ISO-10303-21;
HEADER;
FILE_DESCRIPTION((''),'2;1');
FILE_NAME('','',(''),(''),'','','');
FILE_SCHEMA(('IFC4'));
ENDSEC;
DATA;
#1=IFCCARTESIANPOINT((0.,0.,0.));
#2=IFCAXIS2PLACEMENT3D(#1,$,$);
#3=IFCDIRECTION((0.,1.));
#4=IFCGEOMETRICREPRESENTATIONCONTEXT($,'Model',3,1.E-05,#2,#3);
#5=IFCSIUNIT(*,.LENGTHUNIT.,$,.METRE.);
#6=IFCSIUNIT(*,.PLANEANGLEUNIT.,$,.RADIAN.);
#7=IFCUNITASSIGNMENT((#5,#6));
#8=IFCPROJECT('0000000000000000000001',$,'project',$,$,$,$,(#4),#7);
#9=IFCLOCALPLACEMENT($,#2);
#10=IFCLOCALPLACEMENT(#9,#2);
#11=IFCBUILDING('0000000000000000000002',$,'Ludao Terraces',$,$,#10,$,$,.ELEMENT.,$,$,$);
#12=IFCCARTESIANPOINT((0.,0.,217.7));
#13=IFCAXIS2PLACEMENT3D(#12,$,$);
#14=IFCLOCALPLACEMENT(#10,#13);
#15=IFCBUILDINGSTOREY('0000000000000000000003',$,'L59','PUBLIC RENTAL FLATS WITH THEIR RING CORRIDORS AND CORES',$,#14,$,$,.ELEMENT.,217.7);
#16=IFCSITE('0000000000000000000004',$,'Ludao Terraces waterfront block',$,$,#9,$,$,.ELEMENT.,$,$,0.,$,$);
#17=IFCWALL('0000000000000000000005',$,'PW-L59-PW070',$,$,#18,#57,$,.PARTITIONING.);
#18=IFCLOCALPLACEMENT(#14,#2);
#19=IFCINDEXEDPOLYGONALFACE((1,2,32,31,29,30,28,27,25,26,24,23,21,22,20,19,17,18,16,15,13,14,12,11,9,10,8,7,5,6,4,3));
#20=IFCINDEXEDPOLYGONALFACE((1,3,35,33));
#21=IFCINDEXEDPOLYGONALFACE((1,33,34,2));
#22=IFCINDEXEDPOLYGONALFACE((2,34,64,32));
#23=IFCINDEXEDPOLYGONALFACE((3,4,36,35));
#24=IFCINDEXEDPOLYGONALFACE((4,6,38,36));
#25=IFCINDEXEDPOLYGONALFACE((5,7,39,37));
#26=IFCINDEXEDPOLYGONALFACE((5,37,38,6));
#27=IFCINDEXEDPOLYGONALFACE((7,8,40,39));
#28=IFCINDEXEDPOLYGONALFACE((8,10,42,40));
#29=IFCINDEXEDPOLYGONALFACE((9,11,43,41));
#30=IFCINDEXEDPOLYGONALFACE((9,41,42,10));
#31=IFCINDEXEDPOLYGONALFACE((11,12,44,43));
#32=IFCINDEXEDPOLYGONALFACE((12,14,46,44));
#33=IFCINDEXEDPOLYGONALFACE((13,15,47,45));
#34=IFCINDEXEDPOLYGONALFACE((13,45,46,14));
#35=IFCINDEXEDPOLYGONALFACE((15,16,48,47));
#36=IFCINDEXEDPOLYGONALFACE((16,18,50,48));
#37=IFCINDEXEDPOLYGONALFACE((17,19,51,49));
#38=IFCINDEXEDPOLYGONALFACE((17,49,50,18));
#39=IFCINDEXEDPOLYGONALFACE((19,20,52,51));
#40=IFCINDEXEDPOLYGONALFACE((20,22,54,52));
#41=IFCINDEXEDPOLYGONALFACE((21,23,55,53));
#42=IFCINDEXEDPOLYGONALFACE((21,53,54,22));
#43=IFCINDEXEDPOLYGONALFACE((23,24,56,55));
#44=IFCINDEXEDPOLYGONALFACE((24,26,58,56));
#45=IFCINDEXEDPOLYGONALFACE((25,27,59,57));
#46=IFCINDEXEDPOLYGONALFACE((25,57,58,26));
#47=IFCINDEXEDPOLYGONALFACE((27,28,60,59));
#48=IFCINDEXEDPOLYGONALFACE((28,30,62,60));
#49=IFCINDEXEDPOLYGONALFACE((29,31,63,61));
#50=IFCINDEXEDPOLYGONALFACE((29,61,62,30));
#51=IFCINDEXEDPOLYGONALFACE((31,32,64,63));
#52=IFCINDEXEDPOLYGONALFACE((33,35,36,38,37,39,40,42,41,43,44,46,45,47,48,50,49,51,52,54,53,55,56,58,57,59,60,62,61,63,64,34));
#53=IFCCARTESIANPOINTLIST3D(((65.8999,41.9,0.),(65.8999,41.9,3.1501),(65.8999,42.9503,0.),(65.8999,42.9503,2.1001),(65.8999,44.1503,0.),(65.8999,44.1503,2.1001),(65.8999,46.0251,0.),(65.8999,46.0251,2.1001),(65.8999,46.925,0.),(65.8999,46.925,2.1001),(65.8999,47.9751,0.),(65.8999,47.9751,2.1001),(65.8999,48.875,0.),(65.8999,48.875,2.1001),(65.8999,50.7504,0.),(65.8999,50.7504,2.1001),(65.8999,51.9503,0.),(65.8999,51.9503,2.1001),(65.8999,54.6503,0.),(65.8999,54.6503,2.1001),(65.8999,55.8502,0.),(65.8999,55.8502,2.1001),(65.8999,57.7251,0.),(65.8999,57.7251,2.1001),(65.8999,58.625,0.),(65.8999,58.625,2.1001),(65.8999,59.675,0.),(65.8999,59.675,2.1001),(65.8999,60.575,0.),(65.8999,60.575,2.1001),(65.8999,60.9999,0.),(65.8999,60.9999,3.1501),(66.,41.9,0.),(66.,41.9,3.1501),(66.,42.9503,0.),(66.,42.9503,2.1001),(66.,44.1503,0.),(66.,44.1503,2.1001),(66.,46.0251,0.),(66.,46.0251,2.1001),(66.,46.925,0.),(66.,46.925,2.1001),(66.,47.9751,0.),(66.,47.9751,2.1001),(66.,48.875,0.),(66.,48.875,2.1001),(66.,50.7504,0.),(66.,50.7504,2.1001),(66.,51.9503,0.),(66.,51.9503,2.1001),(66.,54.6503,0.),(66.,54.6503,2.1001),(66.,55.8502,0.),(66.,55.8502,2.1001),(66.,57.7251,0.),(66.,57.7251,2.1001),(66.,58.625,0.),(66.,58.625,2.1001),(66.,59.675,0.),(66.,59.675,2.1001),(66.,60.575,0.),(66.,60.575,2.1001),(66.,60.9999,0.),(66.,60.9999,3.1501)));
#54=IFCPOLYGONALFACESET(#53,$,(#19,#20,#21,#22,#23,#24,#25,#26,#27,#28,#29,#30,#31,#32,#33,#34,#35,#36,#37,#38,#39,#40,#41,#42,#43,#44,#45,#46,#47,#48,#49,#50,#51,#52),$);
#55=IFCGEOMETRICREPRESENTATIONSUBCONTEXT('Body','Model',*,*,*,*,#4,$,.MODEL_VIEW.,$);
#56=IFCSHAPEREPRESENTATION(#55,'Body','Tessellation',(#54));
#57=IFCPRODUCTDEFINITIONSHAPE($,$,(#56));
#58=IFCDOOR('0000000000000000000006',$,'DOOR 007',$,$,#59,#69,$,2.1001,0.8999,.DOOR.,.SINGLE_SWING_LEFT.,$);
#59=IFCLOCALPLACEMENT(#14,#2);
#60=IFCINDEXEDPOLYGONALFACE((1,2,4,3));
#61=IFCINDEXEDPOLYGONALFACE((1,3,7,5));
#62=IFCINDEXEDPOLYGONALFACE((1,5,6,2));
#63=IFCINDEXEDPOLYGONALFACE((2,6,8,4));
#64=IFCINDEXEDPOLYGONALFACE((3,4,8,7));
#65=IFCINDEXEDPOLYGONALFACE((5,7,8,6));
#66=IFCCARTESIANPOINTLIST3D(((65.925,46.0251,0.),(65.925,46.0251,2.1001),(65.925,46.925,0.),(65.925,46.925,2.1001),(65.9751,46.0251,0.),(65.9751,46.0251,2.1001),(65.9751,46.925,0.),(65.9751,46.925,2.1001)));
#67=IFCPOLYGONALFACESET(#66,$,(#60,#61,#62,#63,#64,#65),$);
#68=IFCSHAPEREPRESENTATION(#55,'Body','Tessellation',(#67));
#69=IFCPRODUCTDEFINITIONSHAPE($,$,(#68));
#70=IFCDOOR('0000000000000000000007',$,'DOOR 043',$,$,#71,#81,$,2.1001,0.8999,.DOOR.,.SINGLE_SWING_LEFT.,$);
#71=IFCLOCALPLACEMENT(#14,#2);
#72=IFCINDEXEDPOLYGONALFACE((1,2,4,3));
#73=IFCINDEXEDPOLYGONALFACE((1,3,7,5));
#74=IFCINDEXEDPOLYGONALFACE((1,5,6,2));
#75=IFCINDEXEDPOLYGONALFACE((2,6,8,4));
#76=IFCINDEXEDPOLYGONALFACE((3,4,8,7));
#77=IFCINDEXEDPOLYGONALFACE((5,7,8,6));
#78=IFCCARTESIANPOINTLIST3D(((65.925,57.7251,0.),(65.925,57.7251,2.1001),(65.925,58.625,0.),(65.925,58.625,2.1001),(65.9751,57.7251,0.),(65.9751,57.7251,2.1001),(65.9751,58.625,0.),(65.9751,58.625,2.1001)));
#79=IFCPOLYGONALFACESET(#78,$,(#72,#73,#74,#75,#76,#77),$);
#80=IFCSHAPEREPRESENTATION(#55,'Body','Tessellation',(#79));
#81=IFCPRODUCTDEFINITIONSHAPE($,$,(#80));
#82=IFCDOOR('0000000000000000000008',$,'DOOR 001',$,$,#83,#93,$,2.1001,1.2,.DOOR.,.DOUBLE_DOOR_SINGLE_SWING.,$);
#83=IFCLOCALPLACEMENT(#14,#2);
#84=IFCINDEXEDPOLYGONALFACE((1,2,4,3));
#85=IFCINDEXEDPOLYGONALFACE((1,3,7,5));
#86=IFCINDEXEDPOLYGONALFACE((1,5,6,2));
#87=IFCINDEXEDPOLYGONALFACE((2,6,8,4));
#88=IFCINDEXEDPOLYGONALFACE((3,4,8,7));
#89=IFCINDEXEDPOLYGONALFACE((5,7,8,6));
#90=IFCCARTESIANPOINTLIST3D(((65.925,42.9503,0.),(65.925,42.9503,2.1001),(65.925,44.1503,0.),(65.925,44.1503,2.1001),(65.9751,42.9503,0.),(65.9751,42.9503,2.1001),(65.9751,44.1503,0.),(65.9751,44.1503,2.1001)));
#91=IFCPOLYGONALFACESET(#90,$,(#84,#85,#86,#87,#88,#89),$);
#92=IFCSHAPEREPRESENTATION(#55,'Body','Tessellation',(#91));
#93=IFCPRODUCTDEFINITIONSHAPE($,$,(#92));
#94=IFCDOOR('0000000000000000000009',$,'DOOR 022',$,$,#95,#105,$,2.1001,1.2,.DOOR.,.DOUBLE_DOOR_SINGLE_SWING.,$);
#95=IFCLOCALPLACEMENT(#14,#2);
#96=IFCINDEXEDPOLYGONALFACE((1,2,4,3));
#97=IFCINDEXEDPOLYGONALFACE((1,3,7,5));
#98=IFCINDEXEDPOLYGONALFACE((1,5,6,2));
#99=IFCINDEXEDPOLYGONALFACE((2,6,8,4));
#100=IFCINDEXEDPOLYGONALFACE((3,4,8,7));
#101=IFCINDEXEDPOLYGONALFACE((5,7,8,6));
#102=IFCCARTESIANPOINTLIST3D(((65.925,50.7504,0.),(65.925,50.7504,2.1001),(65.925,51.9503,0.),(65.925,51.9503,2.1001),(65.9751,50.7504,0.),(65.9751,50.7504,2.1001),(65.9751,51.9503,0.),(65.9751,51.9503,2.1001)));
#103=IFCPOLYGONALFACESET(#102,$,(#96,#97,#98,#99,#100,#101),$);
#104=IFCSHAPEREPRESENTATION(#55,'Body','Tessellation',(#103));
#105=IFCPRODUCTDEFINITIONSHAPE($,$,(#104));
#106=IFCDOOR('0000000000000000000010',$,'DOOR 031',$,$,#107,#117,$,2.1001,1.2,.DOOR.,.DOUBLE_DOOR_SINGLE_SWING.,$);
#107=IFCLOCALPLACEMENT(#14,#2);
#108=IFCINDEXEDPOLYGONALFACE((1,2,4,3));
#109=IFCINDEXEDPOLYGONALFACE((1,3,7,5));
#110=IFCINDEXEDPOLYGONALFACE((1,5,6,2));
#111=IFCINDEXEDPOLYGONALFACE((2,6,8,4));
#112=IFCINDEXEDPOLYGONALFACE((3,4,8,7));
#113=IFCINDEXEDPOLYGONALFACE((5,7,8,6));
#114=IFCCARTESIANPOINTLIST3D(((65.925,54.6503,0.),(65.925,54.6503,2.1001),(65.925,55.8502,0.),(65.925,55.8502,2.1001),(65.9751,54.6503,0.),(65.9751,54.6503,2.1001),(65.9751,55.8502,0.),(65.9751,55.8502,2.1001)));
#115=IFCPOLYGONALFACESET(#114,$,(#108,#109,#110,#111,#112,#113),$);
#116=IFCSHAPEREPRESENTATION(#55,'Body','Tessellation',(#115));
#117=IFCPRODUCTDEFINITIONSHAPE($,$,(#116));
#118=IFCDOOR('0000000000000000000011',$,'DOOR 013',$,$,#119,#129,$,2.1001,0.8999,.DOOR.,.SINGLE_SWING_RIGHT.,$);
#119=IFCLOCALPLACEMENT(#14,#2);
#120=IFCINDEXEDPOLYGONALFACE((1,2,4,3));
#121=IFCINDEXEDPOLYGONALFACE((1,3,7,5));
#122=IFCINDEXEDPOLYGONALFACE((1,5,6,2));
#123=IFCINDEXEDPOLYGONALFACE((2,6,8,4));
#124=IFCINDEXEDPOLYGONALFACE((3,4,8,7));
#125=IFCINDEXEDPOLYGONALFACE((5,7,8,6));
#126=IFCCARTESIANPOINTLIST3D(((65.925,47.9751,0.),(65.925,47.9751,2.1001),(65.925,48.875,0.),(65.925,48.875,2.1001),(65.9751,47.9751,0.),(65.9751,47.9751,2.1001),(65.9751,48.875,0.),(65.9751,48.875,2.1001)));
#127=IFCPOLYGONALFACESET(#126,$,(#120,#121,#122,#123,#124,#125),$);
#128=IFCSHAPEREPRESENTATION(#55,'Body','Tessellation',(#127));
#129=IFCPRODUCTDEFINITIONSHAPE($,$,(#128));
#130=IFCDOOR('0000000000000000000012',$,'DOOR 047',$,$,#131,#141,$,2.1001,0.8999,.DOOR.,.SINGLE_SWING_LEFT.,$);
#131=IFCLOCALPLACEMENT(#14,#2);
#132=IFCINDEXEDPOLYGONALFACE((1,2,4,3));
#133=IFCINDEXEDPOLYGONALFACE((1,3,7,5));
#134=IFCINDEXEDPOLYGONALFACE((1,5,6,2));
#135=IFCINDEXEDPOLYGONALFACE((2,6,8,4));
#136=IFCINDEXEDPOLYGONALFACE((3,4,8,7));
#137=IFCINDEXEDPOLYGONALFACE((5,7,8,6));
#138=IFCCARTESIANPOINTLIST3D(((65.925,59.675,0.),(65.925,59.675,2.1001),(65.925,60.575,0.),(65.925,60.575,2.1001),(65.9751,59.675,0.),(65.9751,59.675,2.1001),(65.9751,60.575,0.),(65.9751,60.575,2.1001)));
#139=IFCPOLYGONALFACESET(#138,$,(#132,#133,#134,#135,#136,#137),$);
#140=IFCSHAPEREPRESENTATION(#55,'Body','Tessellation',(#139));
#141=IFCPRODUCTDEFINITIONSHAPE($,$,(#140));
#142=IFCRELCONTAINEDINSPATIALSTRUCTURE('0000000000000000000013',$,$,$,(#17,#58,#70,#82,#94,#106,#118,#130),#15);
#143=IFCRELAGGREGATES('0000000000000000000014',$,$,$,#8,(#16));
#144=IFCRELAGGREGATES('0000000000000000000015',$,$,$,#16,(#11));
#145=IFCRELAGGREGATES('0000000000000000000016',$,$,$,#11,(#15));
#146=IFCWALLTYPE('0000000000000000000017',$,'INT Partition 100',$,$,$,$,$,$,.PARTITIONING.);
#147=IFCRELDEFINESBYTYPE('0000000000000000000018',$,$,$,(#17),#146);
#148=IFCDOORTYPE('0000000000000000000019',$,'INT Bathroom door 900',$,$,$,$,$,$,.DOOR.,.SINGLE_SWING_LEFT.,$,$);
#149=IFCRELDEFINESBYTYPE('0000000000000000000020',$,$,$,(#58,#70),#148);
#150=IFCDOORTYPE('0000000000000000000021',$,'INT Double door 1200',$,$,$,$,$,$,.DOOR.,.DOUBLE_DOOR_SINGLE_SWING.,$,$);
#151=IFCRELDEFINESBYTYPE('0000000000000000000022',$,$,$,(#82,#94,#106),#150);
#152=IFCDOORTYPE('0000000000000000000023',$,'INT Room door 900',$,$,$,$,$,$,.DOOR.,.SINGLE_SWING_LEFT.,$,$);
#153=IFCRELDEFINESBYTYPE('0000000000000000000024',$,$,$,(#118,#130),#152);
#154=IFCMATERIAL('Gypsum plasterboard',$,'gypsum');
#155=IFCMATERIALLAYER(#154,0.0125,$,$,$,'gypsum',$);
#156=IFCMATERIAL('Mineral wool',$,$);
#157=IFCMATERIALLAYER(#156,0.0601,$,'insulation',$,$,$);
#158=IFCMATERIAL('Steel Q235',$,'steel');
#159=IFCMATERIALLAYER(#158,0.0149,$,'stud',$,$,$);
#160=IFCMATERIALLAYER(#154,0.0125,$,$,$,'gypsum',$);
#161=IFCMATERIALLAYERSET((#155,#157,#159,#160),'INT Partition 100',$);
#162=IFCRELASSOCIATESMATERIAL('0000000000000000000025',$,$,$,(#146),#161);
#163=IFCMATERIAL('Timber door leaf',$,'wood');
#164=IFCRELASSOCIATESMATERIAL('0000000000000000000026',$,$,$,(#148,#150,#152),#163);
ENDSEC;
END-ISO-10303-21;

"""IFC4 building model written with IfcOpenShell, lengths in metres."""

from ifc_helpers import new_model, si_unit, direction, frame, frame_2d, origin, place, context, subcontext, project, spatial, rectangle, extrude, material, layer, layer_set, type_object, element, fill, save


model = new_model("IFC4")

# Units and contexts
model_context = context("Model", 3, precision=1e-05, world=origin(), true_north=direction((0.0, 1.0)))
body_context = subcontext(model_context, "Body", "Model", "MODEL_VIEW")
ifc_project = project(units=[si_unit("LENGTHUNIT", "METRE"), si_unit("PLANEANGLEUNIT", "RADIAN")], contexts=[model_context])

# Site, building, storey
site_placement = place(None, origin())
site = spatial("IfcSite", under=ifc_project, at=site_placement, Name="Ludao Terraces waterfront block", CompositionType="ELEMENT", RefElevation=0.0)
building_placement = place(site_placement, origin())
building = spatial("IfcBuilding", under=site, at=building_placement, Name="Ludao Terraces", CompositionType="ELEMENT")
storey_placement = place(building_placement, frame((0.0, 0.0, 217.7)))
storey = spatial("IfcBuildingStorey", under=building, at=storey_placement, Name="L59", Description="PUBLIC RENTAL FLATS WITH THEIR RING CORRIDORS AND CORES", CompositionType="ELEMENT", Elevation=217.7)

# Shared definitions
ifc_material_1 = material(Name="Mineral wool")

# Wall, openings, doors
ifc_material_2 = material(Name="Gypsum plasterboard", Category="gypsum")
ifc_layer_1 = layer(ifc_material_2, 0.0125, Category="gypsum")
ifc_layer_2 = layer(ifc_material_1, 0.0601, Name="insulation")
ifc_material_3 = material(Name="Steel Q235", Category="steel")
ifc_layer_3 = layer(ifc_material_3, 0.0149, Name="stud")
ifc_layer_4 = layer(ifc_material_2, 0.0125, Category="gypsum")
ifc_layer_set_1 = layer_set([ifc_layer_1, ifc_layer_2, ifc_layer_3, ifc_layer_4], Name="INT Partition 100")
wall_type_1 = type_object("IfcWallType", Name="INT Partition 100", PredefinedType="PARTITIONING", material=ifc_layer_set_1)
wall_1_placement = place(storey_placement, frame((65.95, 41.9001, 0.0), z_axis=(0.0, 0.0, 1.0), x_axis=(0.0, 1.0, 0.0)))
wall_1 = element("IfcWall", 1, at=wall_1_placement, inside=storey, type_object=wall_type_1, Name="PW-L59-PW070", PredefinedType="PARTITIONING", context=body_context, shape_type="SweptSolid", body=[
    extrude(rectangle(XDim=19.0999, YDim=0.1001, at=frame_2d((9.5498, 0.0))), origin(), (0.0, 0.0, 1.0), 3.1501),
])
opening_1_placement = place(wall_1_placement, frame((1.05, 0.0, 0.0)))
opening_1 = element("IfcOpeningElement", 2, at=opening_1_placement, cuts=wall_1, PredefinedType="OPENING", context=body_context, shape_type="SweptSolid", body=[
    extrude(rectangle(XDim=1.2, YDim=2.1001, at=frame_2d((0.6001, 1.05))), frame((0.0, 0.0601, 0.0), z_axis=(0.0, -1.0, 0.0), x_axis=(1.0, 0.0, 0.0)), (0.0, 0.0, 1.0), 0.1201),
])
opening_2_placement = place(wall_1_placement, frame((4.125, 0.0, 0.0)))
opening_2 = element("IfcOpeningElement", 3, at=opening_2_placement, cuts=wall_1, PredefinedType="OPENING", context=body_context, shape_type="SweptSolid", body=[
    extrude(rectangle(XDim=0.8999, YDim=2.1001, at=frame_2d((0.45, 1.05))), frame((0.0, 0.0601, 0.0), z_axis=(0.0, -1.0, 0.0), x_axis=(1.0, 0.0, 0.0)), (0.0, 0.0, 1.0), 0.1201),
])
opening_3_placement = place(wall_1_placement, frame((6.075, 0.0, 0.0)))
opening_3 = element("IfcOpeningElement", 4, at=opening_3_placement, cuts=wall_1, PredefinedType="OPENING", context=body_context, shape_type="SweptSolid", body=[
    extrude(rectangle(XDim=0.8999, YDim=2.1001, at=frame_2d((0.45, 1.05))), frame((0.0, 0.0601, 0.0), z_axis=(0.0, -1.0, 0.0), x_axis=(1.0, 0.0, 0.0)), (0.0, 0.0, 1.0), 0.1201),
])
opening_4_placement = place(wall_1_placement, frame((8.8501, 0.0, 0.0)))
opening_4 = element("IfcOpeningElement", 5, at=opening_4_placement, cuts=wall_1, PredefinedType="OPENING", context=body_context, shape_type="SweptSolid", body=[
    extrude(rectangle(XDim=1.2, YDim=2.1001, at=frame_2d((0.6001, 1.05))), frame((0.0, 0.0601, 0.0), z_axis=(0.0, -1.0, 0.0), x_axis=(1.0, 0.0, 0.0)), (0.0, 0.0, 1.0), 0.1201),
])
opening_5_placement = place(wall_1_placement, frame((12.75, 0.0, 0.0)))
opening_5 = element("IfcOpeningElement", 6, at=opening_5_placement, cuts=wall_1, PredefinedType="OPENING", context=body_context, shape_type="SweptSolid", body=[
    extrude(rectangle(XDim=1.2, YDim=2.1001, at=frame_2d((0.6001, 1.05))), frame((0.0, 0.0601, 0.0), z_axis=(0.0, -1.0, 0.0), x_axis=(1.0, 0.0, 0.0)), (0.0, 0.0, 1.0), 0.1201),
])
opening_6_placement = place(wall_1_placement, frame((15.825, 0.0, 0.0)))
opening_6 = element("IfcOpeningElement", 7, at=opening_6_placement, cuts=wall_1, PredefinedType="OPENING", context=body_context, shape_type="SweptSolid", body=[
    extrude(rectangle(XDim=0.8999, YDim=2.1001, at=frame_2d((0.45, 1.05))), frame((0.0, 0.0601, 0.0), z_axis=(0.0, -1.0, 0.0), x_axis=(1.0, 0.0, 0.0)), (0.0, 0.0, 1.0), 0.1201),
])
opening_7_placement = place(wall_1_placement, frame((17.7749, 0.0, 0.0)))
opening_7 = element("IfcOpeningElement", 8, at=opening_7_placement, cuts=wall_1, PredefinedType="OPENING", context=body_context, shape_type="SweptSolid", body=[
    extrude(rectangle(XDim=0.8999, YDim=2.1001, at=frame_2d((0.45, 1.05))), frame((0.0, 0.0601, 0.0), z_axis=(0.0, -1.0, 0.0), x_axis=(1.0, 0.0, 0.0)), (0.0, 0.0, 1.0), 0.1201),
])
ifc_material_4 = material(Name="Timber door leaf", Category="wood")
door_type_1 = type_object("IfcDoorType", Name="INT Bathroom door 900", OperationType="SINGLE_SWING_LEFT", PredefinedType="DOOR", material=ifc_material_4)
door_1_placement = place(opening_2_placement, origin())
door_1 = element("IfcDoor", 9, at=door_1_placement, inside=storey, type_object=door_type_1, Name="DOOR 007", OperationType="SINGLE_SWING_LEFT", OverallHeight=2.1001, OverallWidth=0.8999, PredefinedType="DOOR", context=body_context, shape_type="SweptSolid", body=[
    extrude(rectangle(XDim=0.8999, YDim=2.1001, at=frame_2d((0.45, 1.05))), frame((0.0, 0.0249, 0.0), z_axis=(0.0, -1.0, 0.0), x_axis=(1.0, 0.0, 0.0)), (0.0, 0.0, 1.0), 0.05),
])
fill(opening_2, door_1)
door_2_placement = place(opening_6_placement, origin())
door_2 = element("IfcDoor", 10, at=door_2_placement, inside=storey, type_object=door_type_1, Name="DOOR 043", OperationType="SINGLE_SWING_LEFT", OverallHeight=2.1001, OverallWidth=0.8999, PredefinedType="DOOR", context=body_context, shape_type="SweptSolid", body=[
    extrude(rectangle(XDim=0.8999, YDim=2.1001, at=frame_2d((0.45, 1.05))), frame((0.0, 0.0249, 0.0), z_axis=(0.0, -1.0, 0.0), x_axis=(1.0, 0.0, 0.0)), (0.0, 0.0, 1.0), 0.05),
])
fill(opening_6, door_2)
door_type_2 = type_object("IfcDoorType", Name="INT Double door 1200", OperationType="DOUBLE_DOOR_SINGLE_SWING", PredefinedType="DOOR", material=ifc_material_4)
door_3_placement = place(opening_1_placement, origin())
door_3 = element("IfcDoor", 11, at=door_3_placement, inside=storey, type_object=door_type_2, Name="DOOR 001", OperationType="DOUBLE_DOOR_SINGLE_SWING", OverallHeight=2.1001, OverallWidth=1.2, PredefinedType="DOOR", context=body_context, shape_type="SweptSolid", body=[
    extrude(rectangle(XDim=1.2, YDim=2.1001, at=frame_2d((0.6001, 1.05))), frame((0.0, 0.0249, 0.0), z_axis=(0.0, -1.0, 0.0), x_axis=(1.0, 0.0, 0.0)), (0.0, 0.0, 1.0), 0.05),
])
fill(opening_1, door_3)
door_4_placement = place(opening_4_placement, origin())
door_4 = element("IfcDoor", 12, at=door_4_placement, inside=storey, type_object=door_type_2, Name="DOOR 022", OperationType="DOUBLE_DOOR_SINGLE_SWING", OverallHeight=2.1001, OverallWidth=1.2, PredefinedType="DOOR", context=body_context, shape_type="SweptSolid", body=[
    extrude(rectangle(XDim=1.2, YDim=2.1001, at=frame_2d((0.6001, 1.05))), frame((0.0, 0.0249, 0.0), z_axis=(0.0, -1.0, 0.0), x_axis=(1.0, 0.0, 0.0)), (0.0, 0.0, 1.0), 0.05),
])
fill(opening_4, door_4)
door_5_placement = place(opening_5_placement, origin())
door_5 = element("IfcDoor", 13, at=door_5_placement, inside=storey, type_object=door_type_2, Name="DOOR 031", OperationType="DOUBLE_DOOR_SINGLE_SWING", OverallHeight=2.1001, OverallWidth=1.2, PredefinedType="DOOR", context=body_context, shape_type="SweptSolid", body=[
    extrude(rectangle(XDim=1.2, YDim=2.1001, at=frame_2d((0.6001, 1.05))), frame((0.0, 0.0249, 0.0), z_axis=(0.0, -1.0, 0.0), x_axis=(1.0, 0.0, 0.0)), (0.0, 0.0, 1.0), 0.05),
])
fill(opening_5, door_5)
door_type_3 = type_object("IfcDoorType", Name="INT Room door 900", OperationType="SINGLE_SWING_LEFT", PredefinedType="DOOR", material=ifc_material_4)
door_6_placement = place(opening_3_placement, origin())
door_6 = element("IfcDoor", 14, at=door_6_placement, inside=storey, type_object=door_type_3, Name="DOOR 013", OperationType="SINGLE_SWING_RIGHT", OverallHeight=2.1001, OverallWidth=0.8999, PredefinedType="DOOR", context=body_context, shape_type="SweptSolid", body=[
    extrude(rectangle(XDim=0.8999, YDim=2.1001, at=frame_2d((0.45, 1.05))), frame((0.0, 0.0249, 0.0), z_axis=(0.0, -1.0, 0.0), x_axis=(1.0, 0.0, 0.0)), (0.0, 0.0, 1.0), 0.05),
])
fill(opening_3, door_6)
door_7_placement = place(opening_7_placement, origin())
door_7 = element("IfcDoor", 15, at=door_7_placement, inside=storey, type_object=door_type_3, Name="DOOR 047", OperationType="SINGLE_SWING_LEFT", OverallHeight=2.1001, OverallWidth=0.8999, PredefinedType="DOOR", context=body_context, shape_type="SweptSolid", body=[
    extrude(rectangle(XDim=0.8999, YDim=2.1001, at=frame_2d((0.45, 1.05))), frame((0.0, 0.0249, 0.0), z_axis=(0.0, -1.0, 0.0), x_axis=(1.0, 0.0, 0.0)), (0.0, 0.0, 1.0), 0.05),
])
fill(opening_7, door_7)

save(model, "model.ifc")
